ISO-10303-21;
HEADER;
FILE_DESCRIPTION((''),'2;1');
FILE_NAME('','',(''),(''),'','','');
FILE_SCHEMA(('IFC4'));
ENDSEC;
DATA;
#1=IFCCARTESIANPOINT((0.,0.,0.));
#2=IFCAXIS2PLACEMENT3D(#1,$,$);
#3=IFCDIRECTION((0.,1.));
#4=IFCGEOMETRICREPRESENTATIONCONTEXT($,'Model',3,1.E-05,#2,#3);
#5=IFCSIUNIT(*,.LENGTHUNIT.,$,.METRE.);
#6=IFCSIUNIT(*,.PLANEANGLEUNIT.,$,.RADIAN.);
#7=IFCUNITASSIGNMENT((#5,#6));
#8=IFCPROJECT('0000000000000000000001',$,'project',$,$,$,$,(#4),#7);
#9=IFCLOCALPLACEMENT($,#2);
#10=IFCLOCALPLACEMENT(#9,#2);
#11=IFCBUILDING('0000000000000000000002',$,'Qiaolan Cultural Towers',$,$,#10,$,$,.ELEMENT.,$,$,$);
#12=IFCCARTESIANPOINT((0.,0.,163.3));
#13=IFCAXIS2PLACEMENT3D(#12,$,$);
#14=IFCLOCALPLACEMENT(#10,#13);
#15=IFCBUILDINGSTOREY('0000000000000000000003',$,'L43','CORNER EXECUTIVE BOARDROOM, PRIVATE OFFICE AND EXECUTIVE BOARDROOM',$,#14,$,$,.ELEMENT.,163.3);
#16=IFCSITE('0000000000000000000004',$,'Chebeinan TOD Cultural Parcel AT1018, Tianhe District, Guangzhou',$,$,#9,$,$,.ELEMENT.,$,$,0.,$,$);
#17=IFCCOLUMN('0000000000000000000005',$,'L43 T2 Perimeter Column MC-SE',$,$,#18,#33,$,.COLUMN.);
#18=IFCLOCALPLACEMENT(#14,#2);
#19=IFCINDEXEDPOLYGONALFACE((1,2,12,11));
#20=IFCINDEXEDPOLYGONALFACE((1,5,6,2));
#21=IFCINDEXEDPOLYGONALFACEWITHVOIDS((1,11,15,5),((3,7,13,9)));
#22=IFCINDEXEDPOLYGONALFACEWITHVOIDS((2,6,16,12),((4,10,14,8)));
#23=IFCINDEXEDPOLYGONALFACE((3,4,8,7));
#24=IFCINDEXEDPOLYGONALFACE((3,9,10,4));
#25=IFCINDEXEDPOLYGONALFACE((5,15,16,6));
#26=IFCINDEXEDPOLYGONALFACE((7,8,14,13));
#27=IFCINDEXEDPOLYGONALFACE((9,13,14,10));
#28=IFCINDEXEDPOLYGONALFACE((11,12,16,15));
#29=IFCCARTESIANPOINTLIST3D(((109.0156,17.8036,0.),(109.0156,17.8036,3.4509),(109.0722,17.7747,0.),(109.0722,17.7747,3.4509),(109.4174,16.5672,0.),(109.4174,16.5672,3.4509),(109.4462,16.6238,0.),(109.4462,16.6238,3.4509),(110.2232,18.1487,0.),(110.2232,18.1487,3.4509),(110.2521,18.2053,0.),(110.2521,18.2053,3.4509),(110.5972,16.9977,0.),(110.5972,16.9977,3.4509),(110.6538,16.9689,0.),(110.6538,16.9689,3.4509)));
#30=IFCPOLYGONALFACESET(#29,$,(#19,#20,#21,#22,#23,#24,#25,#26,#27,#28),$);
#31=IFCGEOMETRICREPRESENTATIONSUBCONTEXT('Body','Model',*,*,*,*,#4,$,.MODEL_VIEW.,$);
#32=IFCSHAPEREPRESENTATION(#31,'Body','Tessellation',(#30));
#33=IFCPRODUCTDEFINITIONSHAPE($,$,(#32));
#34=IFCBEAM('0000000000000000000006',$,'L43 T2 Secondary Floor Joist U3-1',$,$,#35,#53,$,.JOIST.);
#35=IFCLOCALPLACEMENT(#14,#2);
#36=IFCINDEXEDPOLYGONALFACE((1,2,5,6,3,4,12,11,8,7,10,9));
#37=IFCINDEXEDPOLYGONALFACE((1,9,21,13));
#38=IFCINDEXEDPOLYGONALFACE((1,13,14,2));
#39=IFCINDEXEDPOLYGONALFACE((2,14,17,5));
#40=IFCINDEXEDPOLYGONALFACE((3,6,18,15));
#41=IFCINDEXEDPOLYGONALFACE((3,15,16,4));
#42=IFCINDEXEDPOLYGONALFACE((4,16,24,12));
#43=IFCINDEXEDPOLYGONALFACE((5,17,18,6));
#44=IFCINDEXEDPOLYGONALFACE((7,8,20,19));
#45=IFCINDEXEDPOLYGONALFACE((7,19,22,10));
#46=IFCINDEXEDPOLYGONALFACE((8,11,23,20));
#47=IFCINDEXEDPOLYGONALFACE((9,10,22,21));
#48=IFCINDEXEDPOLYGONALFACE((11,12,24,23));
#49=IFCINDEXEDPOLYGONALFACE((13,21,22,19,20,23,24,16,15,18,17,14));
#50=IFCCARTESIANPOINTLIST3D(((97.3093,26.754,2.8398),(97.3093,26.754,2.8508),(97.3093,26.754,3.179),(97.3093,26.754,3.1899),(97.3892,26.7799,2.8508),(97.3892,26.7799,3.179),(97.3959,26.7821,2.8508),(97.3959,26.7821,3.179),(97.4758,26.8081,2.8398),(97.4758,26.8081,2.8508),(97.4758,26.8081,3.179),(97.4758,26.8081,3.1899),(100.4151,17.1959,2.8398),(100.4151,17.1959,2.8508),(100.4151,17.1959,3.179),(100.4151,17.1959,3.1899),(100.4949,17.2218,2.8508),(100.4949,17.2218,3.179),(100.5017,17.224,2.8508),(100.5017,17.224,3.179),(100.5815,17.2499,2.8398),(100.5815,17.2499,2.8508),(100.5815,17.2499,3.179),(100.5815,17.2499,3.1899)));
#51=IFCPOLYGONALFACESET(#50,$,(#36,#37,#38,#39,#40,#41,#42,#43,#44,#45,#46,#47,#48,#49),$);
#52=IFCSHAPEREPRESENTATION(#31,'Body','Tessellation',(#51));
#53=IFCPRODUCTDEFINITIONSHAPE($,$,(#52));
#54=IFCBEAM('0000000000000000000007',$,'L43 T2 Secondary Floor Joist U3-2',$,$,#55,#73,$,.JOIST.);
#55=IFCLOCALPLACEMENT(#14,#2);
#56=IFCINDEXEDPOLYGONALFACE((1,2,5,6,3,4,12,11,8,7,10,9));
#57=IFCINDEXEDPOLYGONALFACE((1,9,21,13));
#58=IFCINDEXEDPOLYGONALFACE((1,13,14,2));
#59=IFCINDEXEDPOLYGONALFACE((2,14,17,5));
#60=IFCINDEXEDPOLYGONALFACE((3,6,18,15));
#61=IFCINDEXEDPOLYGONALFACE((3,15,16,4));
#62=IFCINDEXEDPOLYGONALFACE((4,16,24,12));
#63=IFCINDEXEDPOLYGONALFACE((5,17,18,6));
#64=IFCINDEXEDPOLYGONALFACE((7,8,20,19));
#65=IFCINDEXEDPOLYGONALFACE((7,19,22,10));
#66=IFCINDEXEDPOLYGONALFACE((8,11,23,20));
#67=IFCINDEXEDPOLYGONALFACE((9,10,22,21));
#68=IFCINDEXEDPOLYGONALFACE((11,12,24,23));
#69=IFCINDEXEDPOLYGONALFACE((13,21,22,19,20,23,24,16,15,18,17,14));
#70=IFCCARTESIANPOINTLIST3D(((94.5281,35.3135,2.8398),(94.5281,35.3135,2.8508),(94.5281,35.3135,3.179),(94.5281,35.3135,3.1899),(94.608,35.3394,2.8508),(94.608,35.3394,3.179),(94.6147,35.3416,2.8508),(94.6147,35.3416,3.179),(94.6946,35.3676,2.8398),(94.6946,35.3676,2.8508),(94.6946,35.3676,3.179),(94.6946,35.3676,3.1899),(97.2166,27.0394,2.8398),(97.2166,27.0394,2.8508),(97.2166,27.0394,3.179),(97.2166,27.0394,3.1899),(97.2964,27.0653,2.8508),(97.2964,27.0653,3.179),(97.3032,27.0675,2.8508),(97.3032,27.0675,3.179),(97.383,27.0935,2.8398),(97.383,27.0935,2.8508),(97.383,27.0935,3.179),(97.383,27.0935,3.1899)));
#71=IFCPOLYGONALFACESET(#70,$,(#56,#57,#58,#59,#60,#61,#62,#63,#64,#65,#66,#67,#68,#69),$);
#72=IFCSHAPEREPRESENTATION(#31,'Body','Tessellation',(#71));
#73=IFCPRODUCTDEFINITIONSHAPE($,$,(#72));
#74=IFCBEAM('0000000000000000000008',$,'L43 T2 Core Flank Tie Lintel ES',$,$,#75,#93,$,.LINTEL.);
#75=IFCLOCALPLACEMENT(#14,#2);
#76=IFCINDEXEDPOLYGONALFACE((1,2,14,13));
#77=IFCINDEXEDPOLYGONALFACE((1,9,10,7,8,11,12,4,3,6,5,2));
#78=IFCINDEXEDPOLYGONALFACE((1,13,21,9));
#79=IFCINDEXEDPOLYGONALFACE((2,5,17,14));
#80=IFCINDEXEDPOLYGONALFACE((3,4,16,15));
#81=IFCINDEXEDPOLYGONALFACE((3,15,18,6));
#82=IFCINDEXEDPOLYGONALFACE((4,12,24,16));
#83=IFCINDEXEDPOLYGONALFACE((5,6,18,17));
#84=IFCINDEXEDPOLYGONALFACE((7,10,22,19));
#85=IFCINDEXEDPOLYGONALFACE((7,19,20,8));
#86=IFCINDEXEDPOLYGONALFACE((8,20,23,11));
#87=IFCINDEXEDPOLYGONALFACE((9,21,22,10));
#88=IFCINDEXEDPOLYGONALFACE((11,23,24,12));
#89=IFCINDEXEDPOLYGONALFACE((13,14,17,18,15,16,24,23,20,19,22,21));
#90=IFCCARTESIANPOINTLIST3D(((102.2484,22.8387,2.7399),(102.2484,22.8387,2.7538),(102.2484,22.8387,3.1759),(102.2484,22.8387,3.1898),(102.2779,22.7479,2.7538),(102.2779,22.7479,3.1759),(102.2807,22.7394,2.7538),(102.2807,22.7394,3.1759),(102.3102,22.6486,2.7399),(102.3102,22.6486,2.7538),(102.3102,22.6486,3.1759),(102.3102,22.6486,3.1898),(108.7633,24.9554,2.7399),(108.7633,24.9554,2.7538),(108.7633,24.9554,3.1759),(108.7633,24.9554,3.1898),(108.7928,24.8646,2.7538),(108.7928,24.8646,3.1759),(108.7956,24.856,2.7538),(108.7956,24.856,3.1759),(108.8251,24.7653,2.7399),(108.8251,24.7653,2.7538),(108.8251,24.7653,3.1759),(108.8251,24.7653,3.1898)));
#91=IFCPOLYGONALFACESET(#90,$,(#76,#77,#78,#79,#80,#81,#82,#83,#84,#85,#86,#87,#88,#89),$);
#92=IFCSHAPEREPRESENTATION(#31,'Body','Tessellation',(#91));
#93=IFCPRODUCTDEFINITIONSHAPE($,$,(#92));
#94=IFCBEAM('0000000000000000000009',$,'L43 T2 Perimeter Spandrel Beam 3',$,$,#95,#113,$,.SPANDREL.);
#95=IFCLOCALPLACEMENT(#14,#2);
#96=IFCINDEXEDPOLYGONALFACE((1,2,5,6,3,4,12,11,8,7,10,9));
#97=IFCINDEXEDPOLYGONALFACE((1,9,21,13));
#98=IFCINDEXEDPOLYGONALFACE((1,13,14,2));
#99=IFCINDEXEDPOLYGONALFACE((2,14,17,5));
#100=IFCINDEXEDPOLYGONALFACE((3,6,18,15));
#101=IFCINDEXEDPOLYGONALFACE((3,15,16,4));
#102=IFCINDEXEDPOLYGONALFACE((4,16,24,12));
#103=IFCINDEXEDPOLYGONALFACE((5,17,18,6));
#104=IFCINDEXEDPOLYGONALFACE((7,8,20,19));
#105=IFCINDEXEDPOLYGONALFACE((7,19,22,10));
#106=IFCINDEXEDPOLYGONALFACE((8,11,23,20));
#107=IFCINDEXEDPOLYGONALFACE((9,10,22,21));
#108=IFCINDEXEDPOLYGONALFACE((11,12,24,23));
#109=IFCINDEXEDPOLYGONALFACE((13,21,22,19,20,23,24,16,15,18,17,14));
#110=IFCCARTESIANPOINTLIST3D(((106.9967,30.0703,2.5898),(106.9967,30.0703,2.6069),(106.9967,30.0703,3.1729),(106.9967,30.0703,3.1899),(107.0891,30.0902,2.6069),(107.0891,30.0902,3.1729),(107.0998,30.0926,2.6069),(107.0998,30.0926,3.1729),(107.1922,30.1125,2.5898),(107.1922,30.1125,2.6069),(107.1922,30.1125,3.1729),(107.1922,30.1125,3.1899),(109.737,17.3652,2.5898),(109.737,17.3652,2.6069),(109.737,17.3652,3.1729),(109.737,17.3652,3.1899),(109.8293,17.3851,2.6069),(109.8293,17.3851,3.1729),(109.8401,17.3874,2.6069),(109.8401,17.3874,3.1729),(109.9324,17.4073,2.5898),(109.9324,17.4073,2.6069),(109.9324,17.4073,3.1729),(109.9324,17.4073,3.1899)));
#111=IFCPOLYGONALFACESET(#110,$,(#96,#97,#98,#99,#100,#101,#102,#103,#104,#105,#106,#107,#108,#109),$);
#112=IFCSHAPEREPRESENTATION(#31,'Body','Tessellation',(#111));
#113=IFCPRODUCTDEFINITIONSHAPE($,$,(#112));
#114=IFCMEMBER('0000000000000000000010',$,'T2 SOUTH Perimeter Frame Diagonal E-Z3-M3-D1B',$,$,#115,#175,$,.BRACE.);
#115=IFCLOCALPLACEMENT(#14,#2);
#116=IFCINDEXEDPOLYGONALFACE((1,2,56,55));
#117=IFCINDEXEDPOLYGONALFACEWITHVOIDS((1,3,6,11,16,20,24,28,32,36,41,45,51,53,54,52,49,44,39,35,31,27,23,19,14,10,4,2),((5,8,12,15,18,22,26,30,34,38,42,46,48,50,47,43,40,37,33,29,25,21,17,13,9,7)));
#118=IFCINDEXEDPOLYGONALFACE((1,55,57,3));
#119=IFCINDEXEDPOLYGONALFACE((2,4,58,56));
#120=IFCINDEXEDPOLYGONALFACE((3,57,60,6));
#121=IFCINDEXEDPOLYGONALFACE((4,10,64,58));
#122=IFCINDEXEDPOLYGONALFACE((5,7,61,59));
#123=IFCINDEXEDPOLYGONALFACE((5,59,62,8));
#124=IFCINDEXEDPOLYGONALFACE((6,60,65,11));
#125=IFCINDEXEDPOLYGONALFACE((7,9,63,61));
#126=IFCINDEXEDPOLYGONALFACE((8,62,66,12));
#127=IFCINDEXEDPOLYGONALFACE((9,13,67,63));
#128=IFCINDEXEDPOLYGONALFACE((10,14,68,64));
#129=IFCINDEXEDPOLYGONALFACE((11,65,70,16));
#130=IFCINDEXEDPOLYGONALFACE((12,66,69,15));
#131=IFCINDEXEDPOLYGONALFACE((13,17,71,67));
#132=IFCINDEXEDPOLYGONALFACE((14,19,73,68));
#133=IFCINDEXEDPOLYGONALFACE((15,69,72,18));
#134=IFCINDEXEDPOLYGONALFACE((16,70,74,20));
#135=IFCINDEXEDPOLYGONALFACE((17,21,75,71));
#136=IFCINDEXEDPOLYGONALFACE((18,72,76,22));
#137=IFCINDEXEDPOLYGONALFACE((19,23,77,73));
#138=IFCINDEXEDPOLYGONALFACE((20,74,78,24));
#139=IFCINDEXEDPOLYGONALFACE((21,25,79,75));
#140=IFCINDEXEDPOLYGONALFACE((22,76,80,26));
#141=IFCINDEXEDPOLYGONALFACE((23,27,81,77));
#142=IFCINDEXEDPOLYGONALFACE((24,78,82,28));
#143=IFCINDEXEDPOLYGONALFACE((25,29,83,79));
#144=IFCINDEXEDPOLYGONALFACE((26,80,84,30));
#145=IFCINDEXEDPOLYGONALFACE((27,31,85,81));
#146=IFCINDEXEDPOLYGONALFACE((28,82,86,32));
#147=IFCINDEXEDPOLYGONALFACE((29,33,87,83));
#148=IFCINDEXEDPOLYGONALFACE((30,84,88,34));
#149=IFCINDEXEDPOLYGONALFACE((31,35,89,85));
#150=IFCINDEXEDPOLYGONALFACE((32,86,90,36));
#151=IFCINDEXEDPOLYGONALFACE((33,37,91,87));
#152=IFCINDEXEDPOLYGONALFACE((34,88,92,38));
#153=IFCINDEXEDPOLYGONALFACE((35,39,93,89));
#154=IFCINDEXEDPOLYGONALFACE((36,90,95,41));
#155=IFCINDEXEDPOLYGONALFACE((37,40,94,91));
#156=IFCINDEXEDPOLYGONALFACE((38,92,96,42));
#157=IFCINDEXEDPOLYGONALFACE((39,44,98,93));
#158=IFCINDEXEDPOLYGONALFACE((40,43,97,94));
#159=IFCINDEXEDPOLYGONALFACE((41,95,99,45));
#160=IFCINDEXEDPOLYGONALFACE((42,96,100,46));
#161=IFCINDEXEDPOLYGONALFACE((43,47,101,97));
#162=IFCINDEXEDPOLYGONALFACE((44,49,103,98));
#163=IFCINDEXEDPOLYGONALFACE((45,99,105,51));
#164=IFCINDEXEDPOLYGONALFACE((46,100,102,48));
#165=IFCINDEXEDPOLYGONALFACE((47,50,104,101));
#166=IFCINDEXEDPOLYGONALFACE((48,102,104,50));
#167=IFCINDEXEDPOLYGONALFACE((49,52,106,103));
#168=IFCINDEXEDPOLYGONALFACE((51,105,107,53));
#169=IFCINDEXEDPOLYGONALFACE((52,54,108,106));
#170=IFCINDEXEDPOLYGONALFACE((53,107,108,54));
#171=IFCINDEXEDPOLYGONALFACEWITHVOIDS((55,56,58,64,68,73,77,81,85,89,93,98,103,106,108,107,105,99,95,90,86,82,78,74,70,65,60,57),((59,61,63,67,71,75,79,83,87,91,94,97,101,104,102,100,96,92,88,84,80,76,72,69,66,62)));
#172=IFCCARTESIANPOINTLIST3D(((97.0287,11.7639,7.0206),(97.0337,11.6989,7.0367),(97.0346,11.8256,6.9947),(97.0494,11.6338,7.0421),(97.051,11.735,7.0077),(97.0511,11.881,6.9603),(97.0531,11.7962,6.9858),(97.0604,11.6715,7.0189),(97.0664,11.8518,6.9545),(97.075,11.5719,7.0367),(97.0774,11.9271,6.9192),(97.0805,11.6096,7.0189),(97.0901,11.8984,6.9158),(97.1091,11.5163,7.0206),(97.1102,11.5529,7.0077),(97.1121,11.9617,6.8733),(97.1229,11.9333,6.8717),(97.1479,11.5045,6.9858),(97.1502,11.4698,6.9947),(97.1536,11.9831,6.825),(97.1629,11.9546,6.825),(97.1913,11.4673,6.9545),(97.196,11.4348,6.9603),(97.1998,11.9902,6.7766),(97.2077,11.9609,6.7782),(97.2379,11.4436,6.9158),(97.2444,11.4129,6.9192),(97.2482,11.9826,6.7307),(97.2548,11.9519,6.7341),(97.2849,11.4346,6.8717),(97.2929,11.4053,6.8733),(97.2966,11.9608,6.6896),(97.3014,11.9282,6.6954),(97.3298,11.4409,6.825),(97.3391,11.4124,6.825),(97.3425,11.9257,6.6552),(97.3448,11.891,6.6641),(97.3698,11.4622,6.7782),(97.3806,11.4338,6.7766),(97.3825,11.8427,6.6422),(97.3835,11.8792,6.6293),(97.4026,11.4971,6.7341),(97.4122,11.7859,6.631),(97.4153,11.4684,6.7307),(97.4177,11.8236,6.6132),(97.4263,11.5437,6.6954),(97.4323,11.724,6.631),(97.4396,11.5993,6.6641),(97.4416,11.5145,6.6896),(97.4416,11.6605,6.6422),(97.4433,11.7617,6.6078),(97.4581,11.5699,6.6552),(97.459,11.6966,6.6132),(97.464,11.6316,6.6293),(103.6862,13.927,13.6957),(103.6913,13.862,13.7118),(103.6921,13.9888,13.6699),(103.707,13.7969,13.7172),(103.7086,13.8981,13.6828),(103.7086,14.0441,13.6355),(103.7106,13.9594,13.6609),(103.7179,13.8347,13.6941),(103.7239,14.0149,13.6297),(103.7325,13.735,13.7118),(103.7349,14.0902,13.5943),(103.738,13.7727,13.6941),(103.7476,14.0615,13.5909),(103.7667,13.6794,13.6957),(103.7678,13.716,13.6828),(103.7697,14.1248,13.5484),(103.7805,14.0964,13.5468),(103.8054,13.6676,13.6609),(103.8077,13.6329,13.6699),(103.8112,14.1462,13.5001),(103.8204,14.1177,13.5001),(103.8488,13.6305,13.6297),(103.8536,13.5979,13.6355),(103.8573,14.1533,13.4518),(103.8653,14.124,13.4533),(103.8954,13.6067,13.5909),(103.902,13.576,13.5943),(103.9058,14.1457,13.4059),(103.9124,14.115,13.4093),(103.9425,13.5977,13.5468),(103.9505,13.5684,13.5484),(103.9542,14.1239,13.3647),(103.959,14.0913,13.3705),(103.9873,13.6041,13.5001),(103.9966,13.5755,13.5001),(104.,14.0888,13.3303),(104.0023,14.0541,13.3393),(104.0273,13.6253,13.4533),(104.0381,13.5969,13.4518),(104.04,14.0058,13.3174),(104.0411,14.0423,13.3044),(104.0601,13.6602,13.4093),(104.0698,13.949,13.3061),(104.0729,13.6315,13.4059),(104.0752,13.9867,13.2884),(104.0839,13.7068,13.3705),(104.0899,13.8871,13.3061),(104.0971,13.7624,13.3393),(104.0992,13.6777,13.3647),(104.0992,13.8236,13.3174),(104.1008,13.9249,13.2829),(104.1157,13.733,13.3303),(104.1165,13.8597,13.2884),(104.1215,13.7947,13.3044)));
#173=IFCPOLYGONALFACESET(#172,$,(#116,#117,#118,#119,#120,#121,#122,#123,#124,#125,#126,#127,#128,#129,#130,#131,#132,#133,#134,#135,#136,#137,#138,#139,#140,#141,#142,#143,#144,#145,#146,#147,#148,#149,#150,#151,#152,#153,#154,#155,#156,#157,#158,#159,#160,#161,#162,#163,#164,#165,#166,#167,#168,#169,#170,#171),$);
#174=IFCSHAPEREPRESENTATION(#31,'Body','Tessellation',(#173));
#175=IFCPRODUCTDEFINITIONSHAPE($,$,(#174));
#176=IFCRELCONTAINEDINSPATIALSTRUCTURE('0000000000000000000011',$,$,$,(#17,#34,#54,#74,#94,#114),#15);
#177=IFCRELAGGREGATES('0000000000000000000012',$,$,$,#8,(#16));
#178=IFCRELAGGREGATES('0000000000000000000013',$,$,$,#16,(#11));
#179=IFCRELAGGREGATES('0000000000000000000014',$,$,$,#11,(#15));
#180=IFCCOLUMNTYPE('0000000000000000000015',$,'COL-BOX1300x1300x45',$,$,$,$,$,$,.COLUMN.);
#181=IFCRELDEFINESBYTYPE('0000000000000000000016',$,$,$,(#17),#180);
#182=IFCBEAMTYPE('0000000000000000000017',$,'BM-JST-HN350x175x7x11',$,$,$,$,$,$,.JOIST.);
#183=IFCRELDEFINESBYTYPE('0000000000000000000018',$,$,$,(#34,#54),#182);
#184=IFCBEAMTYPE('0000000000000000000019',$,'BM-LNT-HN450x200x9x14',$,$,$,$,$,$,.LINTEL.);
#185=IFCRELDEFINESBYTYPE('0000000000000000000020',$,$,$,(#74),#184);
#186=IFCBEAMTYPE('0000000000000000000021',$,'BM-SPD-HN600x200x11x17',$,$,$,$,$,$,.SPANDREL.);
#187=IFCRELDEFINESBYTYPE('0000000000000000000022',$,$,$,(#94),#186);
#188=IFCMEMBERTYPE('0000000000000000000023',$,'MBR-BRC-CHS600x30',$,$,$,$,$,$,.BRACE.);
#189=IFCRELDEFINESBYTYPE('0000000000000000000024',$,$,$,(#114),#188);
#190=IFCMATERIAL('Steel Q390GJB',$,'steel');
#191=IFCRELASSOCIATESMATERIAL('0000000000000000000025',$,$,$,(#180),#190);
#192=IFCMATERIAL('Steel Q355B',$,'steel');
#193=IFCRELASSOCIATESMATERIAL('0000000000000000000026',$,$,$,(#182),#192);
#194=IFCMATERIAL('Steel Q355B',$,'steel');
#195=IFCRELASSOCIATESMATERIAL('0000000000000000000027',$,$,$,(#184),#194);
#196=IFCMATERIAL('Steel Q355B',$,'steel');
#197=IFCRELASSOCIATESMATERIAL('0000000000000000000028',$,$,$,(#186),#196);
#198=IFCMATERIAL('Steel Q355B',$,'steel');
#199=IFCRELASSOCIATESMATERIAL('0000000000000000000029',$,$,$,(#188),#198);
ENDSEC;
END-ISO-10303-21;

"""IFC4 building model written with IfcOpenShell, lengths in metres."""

from ifc_helpers import new_model, si_unit, direction, frame, origin, origin_2d, place, context, subcontext, project, spatial, hollow_rectangle, hollow_circle, i_section, extrude, material, material_profile, profile_set, type_object, element, save


model = new_model("IFC4")

# Units and contexts
model_context = context("Model", 3, precision=1e-05, world=origin(), true_north=direction((0.0, 1.0)))
body_context = subcontext(model_context, "Body", "Model", "MODEL_VIEW")
ifc_project = project(units=[si_unit("LENGTHUNIT", "METRE"), si_unit("PLANEANGLEUNIT", "RADIAN")], contexts=[model_context])

# Site, building, storey
site_placement = place(None, origin())
site = spatial("IfcSite", under=ifc_project, at=site_placement, Name="Chebeinan TOD Cultural Parcel AT1018, Tianhe District, Guangzhou", CompositionType="ELEMENT", RefElevation=0.0)
building_placement = place(site_placement, origin())
building = spatial("IfcBuilding", under=site, at=building_placement, Name="Qiaolan Cultural Towers", CompositionType="ELEMENT")
storey_placement = place(building_placement, frame((0.0, 0.0, 163.3)))
storey = spatial("IfcBuildingStorey", under=building, at=storey_placement, Name="L43", Description="CORNER EXECUTIVE BOARDROOM, PRIVATE OFFICE AND EXECUTIVE BOARDROOM", CompositionType="ELEMENT", Elevation=163.3)

# Column
ifc_material_1 = material(Name="Steel Q390GJB", Category="steel")
ifc_material_profile_1 = material_profile(ifc_material_1, hollow_rectangle(XDim=1.3, YDim=1.3, WallThickness=0.0449, at=origin_2d()), Name="BOX1300x1300x45")
ifc_profile_set_1 = profile_set([ifc_material_profile_1], Name="Steel Q390GJB")
column_type = type_object("IfcColumnType", Name="COL-BOX1300x1300x45", PredefinedType="COLUMN", material=ifc_profile_set_1)
column_placement = place(storey_placement, frame((109.8347, 17.3862, 0.0), z_axis=(0.0, 0.0, 1.0), x_axis=(0.951057, 0.309017, 0.0)))
element("IfcColumn", 1, at=column_placement, inside=storey, type_object=column_type, Name="L43 T2 Perimeter Column MC-SE", PredefinedType="COLUMN", context=body_context, shape_type="SweptSolid", body=[
    extrude(hollow_rectangle(XDim=1.3, YDim=1.3, WallThickness=0.0449, at=origin_2d()), origin(), (0.0, 0.0, 1.0), 3.4509),
])

# Beams
ifc_material_2 = material(Name="Steel Q355B", Category="steel")
ifc_material_profile_2 = material_profile(ifc_material_2, i_section(OverallWidth=0.175, OverallDepth=0.3501, WebThickness=0.0071, FlangeThickness=0.011, at=origin_2d()), Name="HN350x175x7x11")
ifc_profile_set_2 = profile_set([ifc_material_profile_2], Name="Steel Q355B")
beam_type_1 = type_object("IfcBeamType", Name="BM-JST-HN350x175x7x11", PredefinedType="JOIST", material=ifc_profile_set_2)
beam_1_placement = place(storey_placement, frame((100.4983, 17.2229, 3.0149), z_axis=(-0.309026, 0.951054, 0.0), x_axis=(-0.951054, -0.309026, 0.0)))
element("IfcBeam", 2, at=beam_1_placement, inside=storey, type_object=beam_type_1, Name="L43 T2 Secondary Floor Joist U3-1", PredefinedType="JOIST", context=body_context, shape_type="SweptSolid", body=[
    extrude(i_section(OverallWidth=0.175, OverallDepth=0.3501, WebThickness=0.0071, FlangeThickness=0.011, at=origin_2d()), origin(), (0.0, 0.0, 1.0), 10.05),
])
beam_2_placement = place(storey_placement, frame((97.2998, 27.0664, 3.0149), z_axis=(-0.309021, 0.951055, 0.0), x_axis=(-0.951055, -0.309021, 0.0)))
element("IfcBeam", 3, at=beam_2_placement, inside=storey, type_object=beam_type_1, Name="L43 T2 Secondary Floor Joist U3-2", PredefinedType="JOIST", context=body_context, shape_type="SweptSolid", body=[
    extrude(i_section(OverallWidth=0.175, OverallDepth=0.3501, WebThickness=0.0071, FlangeThickness=0.011, at=origin_2d()), origin(), (0.0, 0.0, 1.0), 8.7),
])
ifc_material_3 = material(Name="Steel Q355B", Category="steel")
ifc_material_profile_3 = material_profile(ifc_material_3, i_section(OverallWidth=0.2, OverallDepth=0.45, WebThickness=0.009, FlangeThickness=0.0139, at=origin_2d()), Name="HN450x200x9x14")
ifc_profile_set_3 = profile_set([ifc_material_profile_3], Name="Steel Q355B")
beam_type_2 = type_object("IfcBeamType", Name="BM-LNT-HN450x200x9x14", PredefinedType="LINTEL", material=ifc_profile_set_3)
beam_3_placement = place(storey_placement, frame((102.2793, 22.7437, 2.9648), z_axis=(0.951062, 0.309001, 0.0), x_axis=(-0.309001, 0.951062, 0.0)))
element("IfcBeam", 4, at=beam_3_placement, inside=storey, type_object=beam_type_2, Name="L43 T2 Core Flank Tie Lintel ES", PredefinedType="LINTEL", context=body_context, shape_type="SweptSolid", body=[
    extrude(i_section(OverallWidth=0.2, OverallDepth=0.45, WebThickness=0.009, FlangeThickness=0.0139, at=origin_2d()), origin(), (0.0, 0.0, 1.0), 6.8501),
])
ifc_material_4 = material(Name="Steel Q355B", Category="steel")
ifc_material_profile_4 = material_profile(ifc_material_4, i_section(OverallWidth=0.2, OverallDepth=0.6001, WebThickness=0.011, FlangeThickness=0.0171, at=origin_2d()), Name="HN600x200x11x17")
ifc_profile_set_4 = profile_set([ifc_material_profile_4], Name="Steel Q355B")
beam_type_3 = type_object("IfcBeamType", Name="BM-SPD-HN600x200x11x17", PredefinedType="SPANDREL", material=ifc_profile_set_4)
beam_4_placement = place(storey_placement, frame((109.8347, 17.3862, 2.8899), z_axis=(-0.210832, 0.977522, 0.0), x_axis=(-0.977522, -0.210832, 0.0)))
element("IfcBeam", 5, at=beam_4_placement, inside=storey, type_object=beam_type_3, Name="L43 T2 Perimeter Spandrel Beam 3", PredefinedType="SPANDREL", context=body_context, shape_type="SweptSolid", body=[
    extrude(i_section(OverallWidth=0.2, OverallDepth=0.6001, WebThickness=0.011, FlangeThickness=0.0171, at=origin_2d()), origin(), (0.0, 0.0, 1.0), 12.9973),
])

# Member
ifc_material_5 = material(Name="Steel Q355B", Category="steel")
ifc_material_profile_5 = material_profile(ifc_material_5, hollow_circle(Radius=0.3, WallThickness=0.03, at=origin_2d()), Name="CHS600x30")
ifc_profile_set_5 = profile_set([ifc_material_profile_5], Name="Steel Q355B")
member_type = type_object("IfcMemberType", Name="MBR-BRC-CHS600x30", PredefinedType="BRACE", material=ifc_profile_set_5)
for number, where, z_axis, x_axis, name in (
    (6, (97.2463, 11.6978, 6.825), (0.688289, 0.223633, 0.690106), (-0.30901, 0.951059, 0.0), "T2 SOUTH Perimeter Frame Diagonal E-Z3-M3-D1B"),
):
    element("IfcMember", number, at=place(storey_placement, frame(where, z_axis=z_axis, x_axis=x_axis)), inside=storey, type_object=member_type, Name=name, PredefinedType="BRACE", context=body_context, shape_type="SweptSolid", body=[
        extrude(hollow_circle(Radius=0.3, WallThickness=0.03, at=origin_2d()), origin(), (0.0, 0.0, 1.0), 9.6726),
    ])

save(model, "model.ifc")
